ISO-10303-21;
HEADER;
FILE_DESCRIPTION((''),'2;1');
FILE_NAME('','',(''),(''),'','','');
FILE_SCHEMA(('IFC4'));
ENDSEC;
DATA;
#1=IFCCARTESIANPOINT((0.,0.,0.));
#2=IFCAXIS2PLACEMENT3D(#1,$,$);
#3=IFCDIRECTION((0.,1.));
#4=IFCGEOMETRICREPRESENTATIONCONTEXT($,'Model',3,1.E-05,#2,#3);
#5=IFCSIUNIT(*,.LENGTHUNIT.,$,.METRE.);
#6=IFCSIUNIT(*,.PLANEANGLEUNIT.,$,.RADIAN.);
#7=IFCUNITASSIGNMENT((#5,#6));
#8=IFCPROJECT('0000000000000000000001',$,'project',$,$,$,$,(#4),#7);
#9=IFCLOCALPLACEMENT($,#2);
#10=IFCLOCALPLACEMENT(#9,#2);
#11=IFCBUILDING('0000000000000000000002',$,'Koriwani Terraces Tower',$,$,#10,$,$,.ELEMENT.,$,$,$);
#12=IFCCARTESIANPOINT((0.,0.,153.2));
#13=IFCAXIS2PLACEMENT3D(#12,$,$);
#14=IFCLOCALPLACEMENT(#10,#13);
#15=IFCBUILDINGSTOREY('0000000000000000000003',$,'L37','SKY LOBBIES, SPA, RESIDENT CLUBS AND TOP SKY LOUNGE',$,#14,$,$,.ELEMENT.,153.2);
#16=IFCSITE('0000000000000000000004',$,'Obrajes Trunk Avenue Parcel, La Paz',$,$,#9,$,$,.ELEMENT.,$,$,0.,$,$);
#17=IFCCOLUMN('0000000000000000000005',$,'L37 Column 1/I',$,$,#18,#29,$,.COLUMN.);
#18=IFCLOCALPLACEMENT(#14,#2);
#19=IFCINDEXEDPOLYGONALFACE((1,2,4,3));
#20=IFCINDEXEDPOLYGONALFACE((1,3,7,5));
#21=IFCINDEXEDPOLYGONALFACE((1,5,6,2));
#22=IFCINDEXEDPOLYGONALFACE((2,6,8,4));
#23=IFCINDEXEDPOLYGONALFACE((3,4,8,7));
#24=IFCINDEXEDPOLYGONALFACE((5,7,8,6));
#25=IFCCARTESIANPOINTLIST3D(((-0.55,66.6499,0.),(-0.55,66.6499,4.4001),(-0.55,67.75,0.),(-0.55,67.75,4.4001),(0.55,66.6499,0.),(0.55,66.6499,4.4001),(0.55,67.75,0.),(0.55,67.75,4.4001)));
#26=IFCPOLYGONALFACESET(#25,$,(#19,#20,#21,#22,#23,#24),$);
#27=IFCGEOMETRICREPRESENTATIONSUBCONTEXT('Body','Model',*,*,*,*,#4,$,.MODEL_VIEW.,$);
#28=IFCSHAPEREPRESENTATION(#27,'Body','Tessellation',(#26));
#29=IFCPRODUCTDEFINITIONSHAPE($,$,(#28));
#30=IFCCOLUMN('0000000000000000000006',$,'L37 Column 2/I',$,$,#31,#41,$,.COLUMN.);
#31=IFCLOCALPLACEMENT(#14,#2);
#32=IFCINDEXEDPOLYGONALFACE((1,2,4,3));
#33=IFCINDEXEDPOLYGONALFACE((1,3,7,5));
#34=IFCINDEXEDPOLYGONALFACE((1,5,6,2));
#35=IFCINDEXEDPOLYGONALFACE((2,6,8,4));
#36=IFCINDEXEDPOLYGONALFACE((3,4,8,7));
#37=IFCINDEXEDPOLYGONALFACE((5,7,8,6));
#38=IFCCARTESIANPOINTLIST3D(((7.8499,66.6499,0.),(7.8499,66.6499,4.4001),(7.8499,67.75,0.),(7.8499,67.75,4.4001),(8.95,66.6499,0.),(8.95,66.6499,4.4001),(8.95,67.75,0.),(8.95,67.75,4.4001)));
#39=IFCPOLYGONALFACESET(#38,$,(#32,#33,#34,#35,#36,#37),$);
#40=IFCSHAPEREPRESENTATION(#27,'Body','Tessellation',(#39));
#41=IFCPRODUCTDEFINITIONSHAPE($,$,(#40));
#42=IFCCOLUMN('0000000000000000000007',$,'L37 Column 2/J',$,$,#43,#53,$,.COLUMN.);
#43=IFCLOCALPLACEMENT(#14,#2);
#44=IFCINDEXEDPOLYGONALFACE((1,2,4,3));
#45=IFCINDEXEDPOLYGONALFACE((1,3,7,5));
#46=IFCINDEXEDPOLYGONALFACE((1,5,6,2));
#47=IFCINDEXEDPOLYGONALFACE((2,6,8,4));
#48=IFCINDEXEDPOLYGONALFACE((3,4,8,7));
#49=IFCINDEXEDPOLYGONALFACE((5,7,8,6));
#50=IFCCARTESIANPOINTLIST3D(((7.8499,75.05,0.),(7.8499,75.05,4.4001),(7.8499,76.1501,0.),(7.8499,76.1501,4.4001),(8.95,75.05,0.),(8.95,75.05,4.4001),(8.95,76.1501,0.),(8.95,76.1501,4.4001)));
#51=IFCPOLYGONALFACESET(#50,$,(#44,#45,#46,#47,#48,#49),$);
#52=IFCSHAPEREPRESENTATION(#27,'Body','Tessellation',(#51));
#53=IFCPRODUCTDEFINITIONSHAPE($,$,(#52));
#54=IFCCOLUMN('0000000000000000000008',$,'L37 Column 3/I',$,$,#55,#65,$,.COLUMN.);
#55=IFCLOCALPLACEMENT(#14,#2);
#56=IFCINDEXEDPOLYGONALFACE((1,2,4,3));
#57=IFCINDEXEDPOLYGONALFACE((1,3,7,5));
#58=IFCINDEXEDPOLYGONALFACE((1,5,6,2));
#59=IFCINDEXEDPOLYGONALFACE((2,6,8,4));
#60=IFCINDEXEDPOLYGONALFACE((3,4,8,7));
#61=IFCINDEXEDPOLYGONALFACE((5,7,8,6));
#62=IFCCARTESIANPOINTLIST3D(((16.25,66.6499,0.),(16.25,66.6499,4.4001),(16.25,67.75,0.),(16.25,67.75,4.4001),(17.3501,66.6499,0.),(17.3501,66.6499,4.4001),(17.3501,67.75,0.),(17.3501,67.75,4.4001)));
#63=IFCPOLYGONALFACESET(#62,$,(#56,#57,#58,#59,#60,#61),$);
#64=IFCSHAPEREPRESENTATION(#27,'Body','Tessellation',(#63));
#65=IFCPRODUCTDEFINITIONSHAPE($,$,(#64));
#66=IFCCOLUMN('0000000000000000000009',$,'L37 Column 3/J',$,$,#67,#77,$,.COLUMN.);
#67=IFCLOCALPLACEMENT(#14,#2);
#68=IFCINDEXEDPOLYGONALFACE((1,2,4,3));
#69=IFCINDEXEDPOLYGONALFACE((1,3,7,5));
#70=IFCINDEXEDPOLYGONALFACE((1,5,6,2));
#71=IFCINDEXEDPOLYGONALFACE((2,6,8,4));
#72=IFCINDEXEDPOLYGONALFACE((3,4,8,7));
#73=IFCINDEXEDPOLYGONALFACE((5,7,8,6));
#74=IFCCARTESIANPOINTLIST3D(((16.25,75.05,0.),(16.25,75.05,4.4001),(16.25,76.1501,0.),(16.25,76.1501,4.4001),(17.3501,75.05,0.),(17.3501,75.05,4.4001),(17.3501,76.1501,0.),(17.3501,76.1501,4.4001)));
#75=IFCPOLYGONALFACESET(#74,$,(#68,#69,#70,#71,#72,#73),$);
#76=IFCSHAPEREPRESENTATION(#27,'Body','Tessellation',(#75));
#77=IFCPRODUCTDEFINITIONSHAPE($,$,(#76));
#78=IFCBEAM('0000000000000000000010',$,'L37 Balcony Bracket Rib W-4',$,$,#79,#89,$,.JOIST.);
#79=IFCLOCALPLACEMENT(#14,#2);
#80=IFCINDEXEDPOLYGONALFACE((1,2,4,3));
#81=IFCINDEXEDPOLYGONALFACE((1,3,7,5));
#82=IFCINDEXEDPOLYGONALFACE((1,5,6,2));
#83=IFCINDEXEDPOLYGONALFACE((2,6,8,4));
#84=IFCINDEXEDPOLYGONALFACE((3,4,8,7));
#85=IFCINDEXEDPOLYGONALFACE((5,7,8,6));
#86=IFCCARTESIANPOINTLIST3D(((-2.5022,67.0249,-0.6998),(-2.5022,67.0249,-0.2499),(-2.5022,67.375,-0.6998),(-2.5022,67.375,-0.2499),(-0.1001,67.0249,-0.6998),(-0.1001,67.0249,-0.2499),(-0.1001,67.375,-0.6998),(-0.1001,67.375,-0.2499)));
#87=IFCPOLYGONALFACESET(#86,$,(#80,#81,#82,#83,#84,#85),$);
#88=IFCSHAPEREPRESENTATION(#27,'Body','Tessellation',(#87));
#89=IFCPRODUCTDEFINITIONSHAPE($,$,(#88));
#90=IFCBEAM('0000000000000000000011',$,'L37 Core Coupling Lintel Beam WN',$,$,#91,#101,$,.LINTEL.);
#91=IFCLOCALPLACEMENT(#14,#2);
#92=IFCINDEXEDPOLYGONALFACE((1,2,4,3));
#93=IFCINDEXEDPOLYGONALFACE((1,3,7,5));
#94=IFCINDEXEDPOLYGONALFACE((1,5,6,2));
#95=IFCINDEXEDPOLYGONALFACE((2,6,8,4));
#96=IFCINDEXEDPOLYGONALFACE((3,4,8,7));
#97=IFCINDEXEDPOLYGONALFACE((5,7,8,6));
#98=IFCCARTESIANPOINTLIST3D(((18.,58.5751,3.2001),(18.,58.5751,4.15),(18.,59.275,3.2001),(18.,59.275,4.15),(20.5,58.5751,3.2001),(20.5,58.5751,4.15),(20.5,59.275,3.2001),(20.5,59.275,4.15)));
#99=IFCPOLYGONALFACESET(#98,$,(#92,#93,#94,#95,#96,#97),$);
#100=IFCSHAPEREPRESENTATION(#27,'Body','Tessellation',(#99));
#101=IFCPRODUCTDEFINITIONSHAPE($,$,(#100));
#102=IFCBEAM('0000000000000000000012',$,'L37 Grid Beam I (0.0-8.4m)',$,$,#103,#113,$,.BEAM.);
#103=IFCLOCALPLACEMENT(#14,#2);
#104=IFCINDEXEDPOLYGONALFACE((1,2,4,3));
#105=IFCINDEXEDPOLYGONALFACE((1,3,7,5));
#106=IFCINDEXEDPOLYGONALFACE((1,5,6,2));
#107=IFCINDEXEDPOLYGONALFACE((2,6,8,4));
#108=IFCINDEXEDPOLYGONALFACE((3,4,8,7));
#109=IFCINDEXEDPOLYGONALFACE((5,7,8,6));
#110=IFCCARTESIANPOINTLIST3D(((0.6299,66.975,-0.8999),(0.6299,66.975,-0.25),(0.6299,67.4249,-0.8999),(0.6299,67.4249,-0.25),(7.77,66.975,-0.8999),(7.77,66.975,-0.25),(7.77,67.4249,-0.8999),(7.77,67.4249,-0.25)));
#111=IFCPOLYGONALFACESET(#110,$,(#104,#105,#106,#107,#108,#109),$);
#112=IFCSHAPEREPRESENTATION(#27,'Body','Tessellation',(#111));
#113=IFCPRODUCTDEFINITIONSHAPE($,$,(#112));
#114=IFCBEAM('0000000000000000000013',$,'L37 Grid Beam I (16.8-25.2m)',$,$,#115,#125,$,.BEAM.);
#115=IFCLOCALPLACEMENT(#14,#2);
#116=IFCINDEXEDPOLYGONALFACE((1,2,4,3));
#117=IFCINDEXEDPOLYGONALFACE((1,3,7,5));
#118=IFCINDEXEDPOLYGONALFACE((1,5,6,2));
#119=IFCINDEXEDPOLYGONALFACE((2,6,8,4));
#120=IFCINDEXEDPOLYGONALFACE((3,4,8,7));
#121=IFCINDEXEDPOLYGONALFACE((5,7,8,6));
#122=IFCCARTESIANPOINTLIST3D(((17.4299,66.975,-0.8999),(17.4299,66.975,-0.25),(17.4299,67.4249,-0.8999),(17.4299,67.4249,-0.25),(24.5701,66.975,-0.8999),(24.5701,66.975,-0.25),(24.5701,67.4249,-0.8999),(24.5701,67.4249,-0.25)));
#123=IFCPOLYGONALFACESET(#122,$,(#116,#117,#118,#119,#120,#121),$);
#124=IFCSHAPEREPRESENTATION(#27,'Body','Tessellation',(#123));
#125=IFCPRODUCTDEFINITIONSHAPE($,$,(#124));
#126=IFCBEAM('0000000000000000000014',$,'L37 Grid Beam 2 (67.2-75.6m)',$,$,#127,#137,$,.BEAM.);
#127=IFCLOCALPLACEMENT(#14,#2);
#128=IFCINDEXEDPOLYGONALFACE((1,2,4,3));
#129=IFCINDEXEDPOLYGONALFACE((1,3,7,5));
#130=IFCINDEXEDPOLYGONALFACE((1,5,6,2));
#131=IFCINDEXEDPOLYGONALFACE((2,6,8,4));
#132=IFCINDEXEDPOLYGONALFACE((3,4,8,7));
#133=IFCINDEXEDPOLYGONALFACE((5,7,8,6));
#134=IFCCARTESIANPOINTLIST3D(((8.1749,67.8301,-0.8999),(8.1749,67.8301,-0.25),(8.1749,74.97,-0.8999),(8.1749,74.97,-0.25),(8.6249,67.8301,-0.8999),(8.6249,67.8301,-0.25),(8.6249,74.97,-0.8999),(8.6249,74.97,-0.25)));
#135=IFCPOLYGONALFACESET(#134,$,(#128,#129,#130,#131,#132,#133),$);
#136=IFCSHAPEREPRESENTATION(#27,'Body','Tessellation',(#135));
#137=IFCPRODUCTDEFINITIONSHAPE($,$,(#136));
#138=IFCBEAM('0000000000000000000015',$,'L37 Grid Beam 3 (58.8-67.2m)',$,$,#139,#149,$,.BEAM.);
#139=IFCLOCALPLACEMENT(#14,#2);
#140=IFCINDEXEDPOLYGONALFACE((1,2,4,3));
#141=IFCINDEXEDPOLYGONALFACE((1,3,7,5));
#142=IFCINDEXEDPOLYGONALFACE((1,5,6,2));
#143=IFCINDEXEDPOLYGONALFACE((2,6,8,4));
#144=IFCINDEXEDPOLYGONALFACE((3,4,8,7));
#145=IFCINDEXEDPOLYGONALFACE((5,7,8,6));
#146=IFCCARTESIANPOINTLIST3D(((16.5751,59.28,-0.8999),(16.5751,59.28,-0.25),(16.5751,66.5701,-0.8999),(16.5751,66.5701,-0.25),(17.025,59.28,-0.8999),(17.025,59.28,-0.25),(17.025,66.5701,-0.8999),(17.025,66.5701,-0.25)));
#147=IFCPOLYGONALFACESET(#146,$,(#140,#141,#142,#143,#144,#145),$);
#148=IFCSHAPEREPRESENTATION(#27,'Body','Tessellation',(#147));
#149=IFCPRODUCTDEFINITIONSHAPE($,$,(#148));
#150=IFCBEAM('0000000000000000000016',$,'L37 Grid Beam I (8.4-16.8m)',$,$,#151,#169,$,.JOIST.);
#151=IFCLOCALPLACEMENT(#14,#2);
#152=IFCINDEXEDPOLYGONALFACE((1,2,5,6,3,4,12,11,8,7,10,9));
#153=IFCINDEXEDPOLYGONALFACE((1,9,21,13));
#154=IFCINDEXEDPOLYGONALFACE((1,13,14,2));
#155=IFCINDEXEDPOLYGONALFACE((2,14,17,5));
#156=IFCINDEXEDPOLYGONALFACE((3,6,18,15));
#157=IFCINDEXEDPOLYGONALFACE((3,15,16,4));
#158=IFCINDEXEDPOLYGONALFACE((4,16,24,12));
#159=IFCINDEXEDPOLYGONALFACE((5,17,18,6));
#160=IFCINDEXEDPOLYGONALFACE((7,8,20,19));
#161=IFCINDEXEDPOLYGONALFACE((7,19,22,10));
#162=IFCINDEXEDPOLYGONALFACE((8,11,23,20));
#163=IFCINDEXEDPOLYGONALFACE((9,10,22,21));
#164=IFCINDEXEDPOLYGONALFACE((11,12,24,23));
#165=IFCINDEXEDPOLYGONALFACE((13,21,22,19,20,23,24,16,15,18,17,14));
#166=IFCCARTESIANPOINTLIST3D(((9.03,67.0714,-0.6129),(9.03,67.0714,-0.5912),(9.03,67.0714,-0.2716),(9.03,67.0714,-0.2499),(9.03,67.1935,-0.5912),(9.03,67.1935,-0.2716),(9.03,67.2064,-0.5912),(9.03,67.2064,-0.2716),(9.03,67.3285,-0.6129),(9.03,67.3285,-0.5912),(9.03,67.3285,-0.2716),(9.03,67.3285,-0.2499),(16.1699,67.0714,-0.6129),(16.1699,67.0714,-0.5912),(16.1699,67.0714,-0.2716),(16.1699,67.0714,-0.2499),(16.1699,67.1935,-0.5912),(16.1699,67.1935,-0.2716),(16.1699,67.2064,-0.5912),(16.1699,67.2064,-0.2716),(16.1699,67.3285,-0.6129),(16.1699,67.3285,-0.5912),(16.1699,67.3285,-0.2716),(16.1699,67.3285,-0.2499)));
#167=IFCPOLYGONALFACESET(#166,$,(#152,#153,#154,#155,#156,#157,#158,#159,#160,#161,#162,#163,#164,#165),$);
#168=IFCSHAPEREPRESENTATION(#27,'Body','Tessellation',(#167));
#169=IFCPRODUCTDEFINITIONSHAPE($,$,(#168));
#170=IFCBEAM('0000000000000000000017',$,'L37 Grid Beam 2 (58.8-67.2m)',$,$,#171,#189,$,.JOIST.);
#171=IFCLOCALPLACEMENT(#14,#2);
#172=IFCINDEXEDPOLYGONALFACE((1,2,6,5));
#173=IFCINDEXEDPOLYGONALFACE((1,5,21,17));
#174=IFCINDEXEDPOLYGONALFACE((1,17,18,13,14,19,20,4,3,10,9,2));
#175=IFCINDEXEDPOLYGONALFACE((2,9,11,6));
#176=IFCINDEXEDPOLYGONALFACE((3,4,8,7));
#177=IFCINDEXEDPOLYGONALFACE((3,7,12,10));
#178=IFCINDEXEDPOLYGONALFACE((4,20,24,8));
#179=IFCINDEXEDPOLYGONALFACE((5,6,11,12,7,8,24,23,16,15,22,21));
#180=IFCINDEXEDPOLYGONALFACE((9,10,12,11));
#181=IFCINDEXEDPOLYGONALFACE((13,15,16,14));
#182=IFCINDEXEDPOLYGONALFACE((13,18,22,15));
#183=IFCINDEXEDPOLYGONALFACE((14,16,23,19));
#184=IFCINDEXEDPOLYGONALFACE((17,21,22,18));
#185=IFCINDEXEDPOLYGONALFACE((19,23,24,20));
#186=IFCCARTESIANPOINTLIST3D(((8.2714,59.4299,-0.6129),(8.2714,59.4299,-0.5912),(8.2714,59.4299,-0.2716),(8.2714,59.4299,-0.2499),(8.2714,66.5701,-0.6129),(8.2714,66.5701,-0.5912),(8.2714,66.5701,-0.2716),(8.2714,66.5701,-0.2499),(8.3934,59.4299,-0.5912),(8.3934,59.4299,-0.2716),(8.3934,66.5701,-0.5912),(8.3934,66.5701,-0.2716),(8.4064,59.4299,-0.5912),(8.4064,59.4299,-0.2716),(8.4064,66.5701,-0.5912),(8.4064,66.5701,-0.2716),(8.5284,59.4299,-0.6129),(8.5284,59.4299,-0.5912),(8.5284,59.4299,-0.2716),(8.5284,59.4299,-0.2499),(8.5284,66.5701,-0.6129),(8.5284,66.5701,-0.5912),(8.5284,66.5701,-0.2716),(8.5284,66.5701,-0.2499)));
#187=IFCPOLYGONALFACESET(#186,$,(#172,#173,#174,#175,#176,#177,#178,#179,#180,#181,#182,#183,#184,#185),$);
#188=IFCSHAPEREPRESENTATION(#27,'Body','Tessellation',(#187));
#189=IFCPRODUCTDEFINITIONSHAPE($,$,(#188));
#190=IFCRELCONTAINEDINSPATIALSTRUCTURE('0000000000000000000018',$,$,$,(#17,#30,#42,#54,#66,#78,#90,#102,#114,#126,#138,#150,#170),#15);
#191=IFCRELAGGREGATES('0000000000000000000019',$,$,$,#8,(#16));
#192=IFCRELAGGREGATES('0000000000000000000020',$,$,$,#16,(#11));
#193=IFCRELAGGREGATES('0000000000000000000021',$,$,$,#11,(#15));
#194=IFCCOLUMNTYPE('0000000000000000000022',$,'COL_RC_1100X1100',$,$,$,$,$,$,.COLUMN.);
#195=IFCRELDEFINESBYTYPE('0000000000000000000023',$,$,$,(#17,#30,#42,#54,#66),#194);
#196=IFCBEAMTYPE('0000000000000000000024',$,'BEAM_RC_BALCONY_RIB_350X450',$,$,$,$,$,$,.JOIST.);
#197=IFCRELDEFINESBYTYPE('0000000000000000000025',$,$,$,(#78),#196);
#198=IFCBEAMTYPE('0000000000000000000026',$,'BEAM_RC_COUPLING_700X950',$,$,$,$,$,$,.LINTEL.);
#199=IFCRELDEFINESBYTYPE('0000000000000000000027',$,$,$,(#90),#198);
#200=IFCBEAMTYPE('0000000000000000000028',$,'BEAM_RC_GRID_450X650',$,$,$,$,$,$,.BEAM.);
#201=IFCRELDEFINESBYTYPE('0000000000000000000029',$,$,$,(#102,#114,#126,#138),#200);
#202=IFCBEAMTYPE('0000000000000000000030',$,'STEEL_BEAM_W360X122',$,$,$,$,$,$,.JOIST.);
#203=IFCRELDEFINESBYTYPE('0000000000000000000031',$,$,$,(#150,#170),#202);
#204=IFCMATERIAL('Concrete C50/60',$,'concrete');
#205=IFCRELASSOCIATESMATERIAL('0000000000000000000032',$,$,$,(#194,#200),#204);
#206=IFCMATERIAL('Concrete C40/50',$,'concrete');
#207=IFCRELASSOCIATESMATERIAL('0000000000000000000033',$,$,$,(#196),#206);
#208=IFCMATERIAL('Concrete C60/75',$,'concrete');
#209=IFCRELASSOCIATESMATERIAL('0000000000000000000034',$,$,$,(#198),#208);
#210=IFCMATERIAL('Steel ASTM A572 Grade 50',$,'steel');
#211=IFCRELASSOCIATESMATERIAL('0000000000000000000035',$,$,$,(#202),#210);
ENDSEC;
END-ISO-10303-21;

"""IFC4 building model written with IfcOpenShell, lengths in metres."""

from ifc_helpers import new_model, si_unit, direction, frame, origin, origin_2d, place, context, subcontext, project, spatial, rectangle, i_section, extrude, material, material_profile, profile_set, type_object, element, save


model = new_model("IFC4")

# Units and contexts
model_context = context("Model", 3, precision=1e-05, world=origin(), true_north=direction((0.0, 1.0)))
body_context = subcontext(model_context, "Body", "Model", "MODEL_VIEW")
ifc_project = project(units=[si_unit("LENGTHUNIT", "METRE"), si_unit("PLANEANGLEUNIT", "RADIAN")], contexts=[model_context])

# Site, building, storey
site_placement = place(None, origin())
site = spatial("IfcSite", under=ifc_project, at=site_placement, Name="Obrajes Trunk Avenue Parcel, La Paz", CompositionType="ELEMENT", RefElevation=0.0)
building_placement = place(site_placement, origin())
building = spatial("IfcBuilding", under=site, at=building_placement, Name="Koriwani Terraces Tower", CompositionType="ELEMENT")
storey_placement = place(building_placement, frame((0.0, 0.0, 153.2)))
storey = spatial("IfcBuildingStorey", under=building, at=storey_placement, Name="L37", Description="SKY LOBBIES, SPA, RESIDENT CLUBS AND TOP SKY LOUNGE", CompositionType="ELEMENT", Elevation=153.2)

# Columns
ifc_material_1 = material(Name="Concrete C50/60", Category="concrete")
ifc_material_profile_1 = material_profile(ifc_material_1, rectangle(XDim=1.1001, YDim=1.1001, at=origin_2d()), Name="Concrete C50/60", Category="LoadBearing")
ifc_profile_set_1 = profile_set([ifc_material_profile_1], Name="Concrete C50/60")
column_type = type_object("IfcColumnType", Name="COL_RC_1100X1100", PredefinedType="COLUMN", material=ifc_profile_set_1)
for number, where, z_axis, x_axis, name in (
    (1, (0.0, 67.2, 0.0), (0.0, 0.0, 1.0), (1.0, 0.0, 0.0), "L37 Column 1/I"),
    (2, (8.3999, 67.2, 0.0), (0.0, 0.0, 1.0), (1.0, 0.0, 0.0), "L37 Column 2/I"),
    (3, (8.3999, 75.6001, 0.0), (0.0, 0.0, 1.0), (1.0, 0.0, 0.0), "L37 Column 2/J"),
    (4, (16.8, 67.2, 0.0), (0.0, 0.0, 1.0), (1.0, 0.0, 0.0), "L37 Column 3/I"),
    (5, (16.8, 75.6001, 0.0), (0.0, 0.0, 1.0), (1.0, 0.0, 0.0), "L37 Column 3/J"),
):
    element("IfcColumn", number, at=place(storey_placement, frame(where, z_axis=z_axis, x_axis=x_axis)), inside=storey, type_object=column_type, Name=name, PredefinedType="COLUMN", context=body_context, shape_type="SweptSolid", body=[
        extrude(rectangle(XDim=1.1001, YDim=1.1001, at=origin_2d()), origin(), (0.0, 0.0, 1.0), 4.4001),
    ])

# Beams
ifc_material_2 = material(Name="Concrete C40/50", Category="concrete")
ifc_material_profile_2 = material_profile(ifc_material_2, rectangle(XDim=0.3501, YDim=0.45, at=origin_2d()), Name="Concrete C40/50", Category="LoadBearing")
ifc_profile_set_2 = profile_set([ifc_material_profile_2], Name="Concrete C40/50")
beam_type_1 = type_object("IfcBeamType", Name="BEAM_RC_BALCONY_RIB_350X450", PredefinedType="JOIST", material=ifc_profile_set_2)
beam_1_placement = place(storey_placement, frame((-2.5022, 67.2, -0.4749), z_axis=(1.0, 0.0, 0.0), x_axis=(0.0, 1.0, 0.0)))
element("IfcBeam", 6, at=beam_1_placement, inside=storey, type_object=beam_type_1, Name="L37 Balcony Bracket Rib W-4", PredefinedType="JOIST", context=body_context, shape_type="SweptSolid", body=[
    extrude(rectangle(XDim=0.3501, YDim=0.45, at=origin_2d()), origin(), (0.0, 0.0, 1.0), 2.4021),
])
ifc_material_3 = material(Name="Concrete C60/75", Category="concrete")
ifc_material_profile_3 = material_profile(ifc_material_3, rectangle(XDim=0.7, YDim=0.95, at=origin_2d()), Name="Concrete C60/75", Category="LoadBearing")
ifc_profile_set_3 = profile_set([ifc_material_profile_3], Name="Concrete C60/75")
beam_type_2 = type_object("IfcBeamType", Name="BEAM_RC_COUPLING_700X950", PredefinedType="LINTEL", material=ifc_profile_set_3)
beam_2_placement = place(storey_placement, frame((18.0, 58.925, 3.675), z_axis=(1.0, 0.0, 0.0), x_axis=(0.0, 1.0, 0.0)))
element("IfcBeam", 7, at=beam_2_placement, inside=storey, type_object=beam_type_2, Name="L37 Core Coupling Lintel Beam WN", PredefinedType="LINTEL", context=body_context, shape_type="SweptSolid", body=[
    extrude(rectangle(XDim=0.7, YDim=0.95, at=origin_2d()), origin(), (0.0, 0.0, 1.0), 2.5),
])
ifc_material_profile_4 = material_profile(ifc_material_1, rectangle(XDim=0.45, YDim=0.6499, at=origin_2d()), Name="Concrete C50/60", Category="LoadBearing")
ifc_profile_set_4 = profile_set([ifc_material_profile_4], Name="Concrete C50/60")
beam_type_3 = type_object("IfcBeamType", Name="BEAM_RC_GRID_450X650", PredefinedType="BEAM", material=ifc_profile_set_4)
for number, where, z_axis, x_axis, name in (
    (8, (0.6299, 67.2, -0.575), (1.0, 0.0, 0.0), (0.0, 1.0, 0.0), "L37 Grid Beam I (0.0-8.4m)"),
    (9, (17.4299, 67.2, -0.575), (1.0, 0.0, 0.0), (0.0, 1.0, 0.0), "L37 Grid Beam I (16.8-25.2m)"),
):
    element("IfcBeam", number, at=place(storey_placement, frame(where, z_axis=z_axis, x_axis=x_axis)), inside=storey, type_object=beam_type_3, Name=name, PredefinedType="BEAM", context=body_context, shape_type="SweptSolid", body=[
        extrude(rectangle(XDim=0.45, YDim=0.6499, at=origin_2d()), origin(), (0.0, 0.0, 1.0), 7.1401),
    ])
beam_3_placement = place(storey_placement, frame((8.3999, 67.8301, -0.575), z_axis=(0.0, 1.0, 0.0), x_axis=(-1.0, 0.0, 0.0)))
element("IfcBeam", 10, at=beam_3_placement, inside=storey, type_object=beam_type_3, Name="L37 Grid Beam 2 (67.2-75.6m)", PredefinedType="BEAM", context=body_context, shape_type="SweptSolid", body=[
    extrude(rectangle(XDim=0.45, YDim=0.6499, at=origin_2d()), origin(), (0.0, 0.0, 1.0), 7.1399),
])
beam_4_placement = place(storey_placement, frame((16.8, 59.28, -0.575), z_axis=(0.0, 1.0, 0.0), x_axis=(-1.0, 0.0, 0.0)))
element("IfcBeam", 11, at=beam_4_placement, inside=storey, type_object=beam_type_3, Name="L37 Grid Beam 3 (58.8-67.2m)", PredefinedType="BEAM", context=body_context, shape_type="SweptSolid", body=[
    extrude(rectangle(XDim=0.45, YDim=0.6499, at=origin_2d()), origin(), (0.0, 0.0, 1.0), 7.29),
])
ifc_material_4 = material(Name="Steel ASTM A572 Grade 50", Category="steel")
ifc_material_profile_5 = material_profile(ifc_material_4, i_section(OverallWidth=0.2571, OverallDepth=0.363, WebThickness=0.0129, FlangeThickness=0.0217, at=origin_2d()), Name="Steel ASTM A572 Grade 50", Category="LoadBearing")
ifc_profile_set_5 = profile_set([ifc_material_profile_5], Name="Steel ASTM A572 Grade 50")
beam_type_4 = type_object("IfcBeamType", Name="STEEL_BEAM_W360X122", PredefinedType="JOIST", material=ifc_profile_set_5)
beam_5_placement = place(storey_placement, frame((9.03, 67.2, -0.4314), z_axis=(1.0, 0.0, 0.0), x_axis=(0.0, 1.0, 0.0)))
element("IfcBeam", 12, at=beam_5_placement, inside=storey, type_object=beam_type_4, Name="L37 Grid Beam I (8.4-16.8m)", PredefinedType="JOIST", context=body_context, shape_type="SweptSolid", body=[
    extrude(i_section(OverallWidth=0.2571, OverallDepth=0.363, WebThickness=0.0129, FlangeThickness=0.0217, at=origin_2d()), origin(), (0.0, 0.0, 1.0), 7.1399),
])
beam_6_placement = place(storey_placement, frame((8.3999, 59.4299, -0.4314), z_axis=(0.0, 1.0, 0.0), x_axis=(-1.0, 0.0, 0.0)))
element("IfcBeam", 13, at=beam_6_placement, inside=storey, type_object=beam_type_4, Name="L37 Grid Beam 2 (58.8-67.2m)", PredefinedType="JOIST", context=body_context, shape_type="SweptSolid", body=[
    extrude(i_section(OverallWidth=0.2571, OverallDepth=0.363, WebThickness=0.0129, FlangeThickness=0.0217, at=origin_2d()), origin(), (0.0, 0.0, 1.0), 7.1401),
])

save(model, "model.ifc")
